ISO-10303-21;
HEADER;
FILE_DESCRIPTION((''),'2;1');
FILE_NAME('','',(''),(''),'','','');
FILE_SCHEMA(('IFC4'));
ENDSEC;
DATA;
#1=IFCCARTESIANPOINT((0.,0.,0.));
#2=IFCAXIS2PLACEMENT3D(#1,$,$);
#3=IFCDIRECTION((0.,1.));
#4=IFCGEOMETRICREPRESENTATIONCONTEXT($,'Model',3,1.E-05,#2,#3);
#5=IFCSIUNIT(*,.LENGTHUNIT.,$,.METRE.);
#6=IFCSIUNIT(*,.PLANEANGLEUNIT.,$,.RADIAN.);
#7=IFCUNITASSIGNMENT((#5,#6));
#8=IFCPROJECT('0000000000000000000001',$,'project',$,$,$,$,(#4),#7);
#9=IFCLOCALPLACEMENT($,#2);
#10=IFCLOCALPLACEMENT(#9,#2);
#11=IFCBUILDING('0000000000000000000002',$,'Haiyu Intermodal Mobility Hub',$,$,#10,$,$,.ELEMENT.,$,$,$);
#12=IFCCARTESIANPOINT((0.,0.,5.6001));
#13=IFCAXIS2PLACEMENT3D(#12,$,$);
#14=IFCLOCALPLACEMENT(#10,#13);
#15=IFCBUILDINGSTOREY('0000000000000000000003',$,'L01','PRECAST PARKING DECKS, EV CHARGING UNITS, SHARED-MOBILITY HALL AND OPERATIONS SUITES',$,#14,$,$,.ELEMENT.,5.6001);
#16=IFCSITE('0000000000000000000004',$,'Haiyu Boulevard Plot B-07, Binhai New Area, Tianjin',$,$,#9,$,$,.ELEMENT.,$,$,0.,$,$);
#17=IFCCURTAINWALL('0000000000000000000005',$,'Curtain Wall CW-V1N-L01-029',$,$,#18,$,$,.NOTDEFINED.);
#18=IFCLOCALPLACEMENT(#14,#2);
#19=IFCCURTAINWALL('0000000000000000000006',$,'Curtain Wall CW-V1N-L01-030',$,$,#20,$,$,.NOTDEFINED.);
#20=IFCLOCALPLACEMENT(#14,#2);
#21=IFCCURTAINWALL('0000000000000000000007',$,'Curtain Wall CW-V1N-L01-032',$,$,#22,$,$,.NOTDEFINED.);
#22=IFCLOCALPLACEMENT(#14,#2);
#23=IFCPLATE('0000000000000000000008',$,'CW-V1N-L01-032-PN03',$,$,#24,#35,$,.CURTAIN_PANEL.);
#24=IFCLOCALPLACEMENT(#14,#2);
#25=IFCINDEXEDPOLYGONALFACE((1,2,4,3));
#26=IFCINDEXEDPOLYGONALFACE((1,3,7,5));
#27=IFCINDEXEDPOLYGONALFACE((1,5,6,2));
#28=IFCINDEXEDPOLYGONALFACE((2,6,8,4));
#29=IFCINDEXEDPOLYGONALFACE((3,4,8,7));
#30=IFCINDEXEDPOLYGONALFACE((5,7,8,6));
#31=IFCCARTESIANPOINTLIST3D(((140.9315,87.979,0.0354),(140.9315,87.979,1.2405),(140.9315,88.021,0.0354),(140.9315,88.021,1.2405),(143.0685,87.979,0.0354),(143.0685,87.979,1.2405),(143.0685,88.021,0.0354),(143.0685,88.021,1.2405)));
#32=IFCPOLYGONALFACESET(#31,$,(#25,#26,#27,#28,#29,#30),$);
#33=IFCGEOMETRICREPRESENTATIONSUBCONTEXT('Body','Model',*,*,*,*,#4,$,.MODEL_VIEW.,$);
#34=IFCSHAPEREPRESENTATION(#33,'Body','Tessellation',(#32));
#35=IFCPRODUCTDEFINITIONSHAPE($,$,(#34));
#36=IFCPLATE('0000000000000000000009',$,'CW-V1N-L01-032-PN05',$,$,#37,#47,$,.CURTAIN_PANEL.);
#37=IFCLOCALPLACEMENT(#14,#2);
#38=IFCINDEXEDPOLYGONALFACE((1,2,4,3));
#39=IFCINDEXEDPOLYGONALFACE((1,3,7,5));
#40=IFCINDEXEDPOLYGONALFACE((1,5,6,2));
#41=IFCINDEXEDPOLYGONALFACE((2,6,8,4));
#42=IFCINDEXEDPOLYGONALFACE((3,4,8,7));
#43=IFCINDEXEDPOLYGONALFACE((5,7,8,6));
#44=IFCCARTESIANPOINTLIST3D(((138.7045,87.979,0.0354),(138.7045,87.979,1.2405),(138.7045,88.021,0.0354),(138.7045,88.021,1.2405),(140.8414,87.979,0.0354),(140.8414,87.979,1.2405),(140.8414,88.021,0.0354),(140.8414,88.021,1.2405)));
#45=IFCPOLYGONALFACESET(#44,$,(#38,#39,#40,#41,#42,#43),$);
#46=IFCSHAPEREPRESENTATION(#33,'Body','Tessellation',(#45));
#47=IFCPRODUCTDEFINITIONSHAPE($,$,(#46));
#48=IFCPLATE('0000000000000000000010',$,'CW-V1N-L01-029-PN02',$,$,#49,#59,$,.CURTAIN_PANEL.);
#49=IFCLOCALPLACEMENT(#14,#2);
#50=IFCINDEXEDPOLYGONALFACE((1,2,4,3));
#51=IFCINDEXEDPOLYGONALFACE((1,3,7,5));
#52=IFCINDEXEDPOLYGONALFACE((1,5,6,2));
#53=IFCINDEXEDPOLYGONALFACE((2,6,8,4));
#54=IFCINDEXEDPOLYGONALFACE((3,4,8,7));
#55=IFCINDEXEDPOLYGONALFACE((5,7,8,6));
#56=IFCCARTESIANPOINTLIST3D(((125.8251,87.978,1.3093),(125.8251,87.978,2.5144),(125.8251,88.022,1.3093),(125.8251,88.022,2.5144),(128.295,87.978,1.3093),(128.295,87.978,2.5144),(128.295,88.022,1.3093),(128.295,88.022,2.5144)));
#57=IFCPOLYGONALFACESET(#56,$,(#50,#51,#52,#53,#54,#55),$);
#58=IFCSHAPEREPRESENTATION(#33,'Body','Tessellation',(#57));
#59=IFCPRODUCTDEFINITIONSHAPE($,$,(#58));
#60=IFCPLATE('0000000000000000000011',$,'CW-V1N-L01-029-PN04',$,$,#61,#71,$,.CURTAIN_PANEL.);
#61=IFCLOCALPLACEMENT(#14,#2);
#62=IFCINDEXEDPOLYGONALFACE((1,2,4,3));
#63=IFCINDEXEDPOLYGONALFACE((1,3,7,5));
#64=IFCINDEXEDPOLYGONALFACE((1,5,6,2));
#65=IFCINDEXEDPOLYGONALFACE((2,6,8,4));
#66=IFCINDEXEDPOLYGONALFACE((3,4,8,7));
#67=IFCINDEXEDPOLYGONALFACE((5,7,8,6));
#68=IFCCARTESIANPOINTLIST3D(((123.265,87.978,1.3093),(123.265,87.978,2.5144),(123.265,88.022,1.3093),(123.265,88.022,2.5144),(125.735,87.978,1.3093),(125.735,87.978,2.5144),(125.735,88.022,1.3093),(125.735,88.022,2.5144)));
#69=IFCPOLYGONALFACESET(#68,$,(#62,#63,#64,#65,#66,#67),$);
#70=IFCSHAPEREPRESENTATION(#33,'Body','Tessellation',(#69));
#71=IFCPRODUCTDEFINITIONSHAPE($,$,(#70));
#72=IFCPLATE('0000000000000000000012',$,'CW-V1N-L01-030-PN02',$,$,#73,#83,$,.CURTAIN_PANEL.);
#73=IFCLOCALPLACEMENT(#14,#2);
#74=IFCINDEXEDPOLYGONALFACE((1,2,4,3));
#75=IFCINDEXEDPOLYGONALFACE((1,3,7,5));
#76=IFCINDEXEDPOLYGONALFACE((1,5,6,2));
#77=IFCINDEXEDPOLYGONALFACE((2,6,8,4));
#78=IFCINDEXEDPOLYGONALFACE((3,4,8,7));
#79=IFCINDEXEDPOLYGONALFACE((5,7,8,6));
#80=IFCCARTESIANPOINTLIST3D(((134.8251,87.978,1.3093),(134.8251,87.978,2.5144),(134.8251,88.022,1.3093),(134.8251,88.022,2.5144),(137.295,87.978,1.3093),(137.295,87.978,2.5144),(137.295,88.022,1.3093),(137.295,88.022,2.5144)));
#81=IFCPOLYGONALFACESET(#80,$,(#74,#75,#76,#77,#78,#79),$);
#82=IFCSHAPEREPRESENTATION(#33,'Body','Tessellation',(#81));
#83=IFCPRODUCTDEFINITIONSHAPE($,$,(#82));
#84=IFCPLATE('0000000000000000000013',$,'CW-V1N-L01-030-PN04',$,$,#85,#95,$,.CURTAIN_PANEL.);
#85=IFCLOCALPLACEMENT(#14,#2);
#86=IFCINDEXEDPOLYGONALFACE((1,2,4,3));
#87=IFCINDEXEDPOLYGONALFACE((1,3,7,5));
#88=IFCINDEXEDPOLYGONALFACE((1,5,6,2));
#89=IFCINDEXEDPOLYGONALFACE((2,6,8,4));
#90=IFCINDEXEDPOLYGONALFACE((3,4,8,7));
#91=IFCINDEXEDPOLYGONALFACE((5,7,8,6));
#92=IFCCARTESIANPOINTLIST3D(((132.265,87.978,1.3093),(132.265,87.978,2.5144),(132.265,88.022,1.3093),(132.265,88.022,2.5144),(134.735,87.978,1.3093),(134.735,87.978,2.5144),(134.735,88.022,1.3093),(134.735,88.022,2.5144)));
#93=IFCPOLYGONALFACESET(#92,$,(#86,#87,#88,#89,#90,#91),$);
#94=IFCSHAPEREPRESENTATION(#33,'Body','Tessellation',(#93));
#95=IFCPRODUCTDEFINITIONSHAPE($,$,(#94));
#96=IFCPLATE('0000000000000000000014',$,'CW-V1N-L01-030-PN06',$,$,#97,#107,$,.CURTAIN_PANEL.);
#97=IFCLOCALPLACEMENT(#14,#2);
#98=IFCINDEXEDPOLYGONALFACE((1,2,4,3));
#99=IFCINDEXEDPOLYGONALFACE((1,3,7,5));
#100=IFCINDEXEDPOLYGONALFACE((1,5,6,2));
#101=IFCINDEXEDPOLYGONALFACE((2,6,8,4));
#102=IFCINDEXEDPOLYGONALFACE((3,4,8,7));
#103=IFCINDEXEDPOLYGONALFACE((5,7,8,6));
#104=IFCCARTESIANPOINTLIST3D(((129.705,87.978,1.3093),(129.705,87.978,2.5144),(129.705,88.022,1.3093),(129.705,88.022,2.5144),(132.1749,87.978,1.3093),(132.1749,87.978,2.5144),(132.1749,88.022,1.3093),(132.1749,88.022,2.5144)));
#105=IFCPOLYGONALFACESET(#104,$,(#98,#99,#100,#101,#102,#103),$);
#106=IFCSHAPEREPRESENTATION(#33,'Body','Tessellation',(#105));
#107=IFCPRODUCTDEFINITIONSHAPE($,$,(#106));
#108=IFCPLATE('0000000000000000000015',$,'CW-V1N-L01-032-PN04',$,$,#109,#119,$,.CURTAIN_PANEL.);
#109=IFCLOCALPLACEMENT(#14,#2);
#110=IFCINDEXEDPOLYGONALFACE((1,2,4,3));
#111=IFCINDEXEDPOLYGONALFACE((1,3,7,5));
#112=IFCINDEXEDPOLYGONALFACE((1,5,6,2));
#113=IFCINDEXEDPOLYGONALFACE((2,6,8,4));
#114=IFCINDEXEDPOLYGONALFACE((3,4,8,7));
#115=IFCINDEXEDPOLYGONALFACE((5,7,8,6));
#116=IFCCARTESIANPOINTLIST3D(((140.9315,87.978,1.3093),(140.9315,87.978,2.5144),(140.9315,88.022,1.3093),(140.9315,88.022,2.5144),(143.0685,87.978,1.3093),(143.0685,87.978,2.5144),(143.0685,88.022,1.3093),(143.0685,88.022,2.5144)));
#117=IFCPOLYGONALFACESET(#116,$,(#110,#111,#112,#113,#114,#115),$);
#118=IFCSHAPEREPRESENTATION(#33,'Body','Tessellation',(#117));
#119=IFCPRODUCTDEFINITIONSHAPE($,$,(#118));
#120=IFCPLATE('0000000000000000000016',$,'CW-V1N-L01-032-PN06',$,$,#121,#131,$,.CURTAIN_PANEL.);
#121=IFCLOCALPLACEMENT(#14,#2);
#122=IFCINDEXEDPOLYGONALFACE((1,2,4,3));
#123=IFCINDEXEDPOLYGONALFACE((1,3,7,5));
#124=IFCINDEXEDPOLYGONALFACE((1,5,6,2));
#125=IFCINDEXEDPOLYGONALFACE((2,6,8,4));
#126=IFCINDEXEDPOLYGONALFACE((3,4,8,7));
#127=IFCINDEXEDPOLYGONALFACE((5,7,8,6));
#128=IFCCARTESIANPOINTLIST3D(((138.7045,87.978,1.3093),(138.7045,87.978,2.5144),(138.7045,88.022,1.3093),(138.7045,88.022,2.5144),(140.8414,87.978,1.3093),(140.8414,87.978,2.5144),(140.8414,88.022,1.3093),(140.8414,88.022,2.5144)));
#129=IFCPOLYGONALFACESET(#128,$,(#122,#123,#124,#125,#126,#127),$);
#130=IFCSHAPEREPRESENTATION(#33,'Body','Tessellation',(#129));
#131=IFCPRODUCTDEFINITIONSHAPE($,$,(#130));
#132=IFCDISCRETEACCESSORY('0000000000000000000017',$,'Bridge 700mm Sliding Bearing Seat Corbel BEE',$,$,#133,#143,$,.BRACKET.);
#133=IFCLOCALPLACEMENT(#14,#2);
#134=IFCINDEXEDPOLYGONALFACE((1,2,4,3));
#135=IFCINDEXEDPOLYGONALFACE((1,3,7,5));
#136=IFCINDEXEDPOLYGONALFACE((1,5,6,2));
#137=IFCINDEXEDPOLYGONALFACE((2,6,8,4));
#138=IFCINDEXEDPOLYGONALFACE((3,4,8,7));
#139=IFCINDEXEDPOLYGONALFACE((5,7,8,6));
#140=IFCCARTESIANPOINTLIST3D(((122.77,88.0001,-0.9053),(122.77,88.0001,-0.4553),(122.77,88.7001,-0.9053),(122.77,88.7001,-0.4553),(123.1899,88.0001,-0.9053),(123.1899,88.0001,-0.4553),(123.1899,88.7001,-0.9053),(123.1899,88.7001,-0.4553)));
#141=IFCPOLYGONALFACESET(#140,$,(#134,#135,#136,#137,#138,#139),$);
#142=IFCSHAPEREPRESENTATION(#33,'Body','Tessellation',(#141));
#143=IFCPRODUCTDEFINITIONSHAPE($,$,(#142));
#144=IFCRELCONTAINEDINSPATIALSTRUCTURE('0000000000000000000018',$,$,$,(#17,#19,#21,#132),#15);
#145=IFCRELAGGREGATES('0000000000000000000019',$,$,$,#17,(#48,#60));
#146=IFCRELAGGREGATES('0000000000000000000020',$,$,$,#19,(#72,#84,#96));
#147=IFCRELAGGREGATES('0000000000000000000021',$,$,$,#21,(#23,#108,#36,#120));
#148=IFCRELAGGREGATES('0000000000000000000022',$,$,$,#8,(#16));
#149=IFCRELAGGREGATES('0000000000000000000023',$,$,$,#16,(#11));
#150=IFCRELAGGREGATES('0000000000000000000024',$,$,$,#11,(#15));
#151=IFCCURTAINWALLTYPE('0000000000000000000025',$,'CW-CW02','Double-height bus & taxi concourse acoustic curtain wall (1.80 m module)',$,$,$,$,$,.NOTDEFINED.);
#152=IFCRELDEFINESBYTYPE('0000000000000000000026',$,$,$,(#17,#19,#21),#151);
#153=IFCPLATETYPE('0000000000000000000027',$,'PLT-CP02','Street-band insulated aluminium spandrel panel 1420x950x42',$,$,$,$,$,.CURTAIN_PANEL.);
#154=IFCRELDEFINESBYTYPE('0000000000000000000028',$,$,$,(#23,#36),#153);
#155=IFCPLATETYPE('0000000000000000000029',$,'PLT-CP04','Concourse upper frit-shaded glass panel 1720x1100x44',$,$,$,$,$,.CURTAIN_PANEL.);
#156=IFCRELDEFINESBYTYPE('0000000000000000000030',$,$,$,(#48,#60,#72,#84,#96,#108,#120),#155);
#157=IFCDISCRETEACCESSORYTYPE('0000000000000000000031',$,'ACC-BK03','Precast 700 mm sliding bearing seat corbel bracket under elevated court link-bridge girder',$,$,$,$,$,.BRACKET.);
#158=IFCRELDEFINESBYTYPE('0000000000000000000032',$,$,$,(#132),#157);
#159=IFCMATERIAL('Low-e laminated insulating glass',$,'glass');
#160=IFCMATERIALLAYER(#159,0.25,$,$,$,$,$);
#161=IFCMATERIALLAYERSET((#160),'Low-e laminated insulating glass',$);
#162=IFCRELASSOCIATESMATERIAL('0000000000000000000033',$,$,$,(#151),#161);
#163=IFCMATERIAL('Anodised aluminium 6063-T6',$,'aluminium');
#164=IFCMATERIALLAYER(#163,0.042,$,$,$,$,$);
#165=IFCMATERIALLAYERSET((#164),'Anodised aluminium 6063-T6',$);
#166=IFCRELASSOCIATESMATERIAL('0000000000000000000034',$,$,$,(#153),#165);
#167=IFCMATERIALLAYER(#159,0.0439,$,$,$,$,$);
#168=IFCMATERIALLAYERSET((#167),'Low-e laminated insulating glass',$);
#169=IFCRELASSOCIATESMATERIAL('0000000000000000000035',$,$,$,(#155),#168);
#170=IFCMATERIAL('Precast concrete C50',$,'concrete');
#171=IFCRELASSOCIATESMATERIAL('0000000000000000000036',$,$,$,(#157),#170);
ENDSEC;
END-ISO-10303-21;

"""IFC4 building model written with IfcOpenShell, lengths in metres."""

from ifc_helpers import new_model, si_unit, direction, frame, origin, origin_2d, place, context, subcontext, project, spatial, rectangle, extrude, material, layer, layer_set, type_object, element, aggregate, save


model = new_model("IFC4")

# Units and contexts
model_context = context("Model", 3, precision=1e-05, world=origin(), true_north=direction((0.0, 1.0)))
body_context = subcontext(model_context, "Body", "Model", "MODEL_VIEW")
ifc_project = project(units=[si_unit("LENGTHUNIT", "METRE"), si_unit("PLANEANGLEUNIT", "RADIAN")], contexts=[model_context])

# Site, building, storey
site_placement = place(None, origin())
site = spatial("IfcSite", under=ifc_project, at=site_placement, Name="Haiyu Boulevard Plot B-07, Binhai New Area, Tianjin", CompositionType="ELEMENT", RefElevation=0.0)
building_placement = place(site_placement, origin())
building = spatial("IfcBuilding", under=site, at=building_placement, Name="Haiyu Intermodal Mobility Hub", CompositionType="ELEMENT")
storey_placement = place(building_placement, frame((0.0, 0.0, 5.6001)))
storey = spatial("IfcBuildingStorey", under=building, at=storey_placement, Name="L01", Description="PRECAST PARKING DECKS, EV CHARGING UNITS, SHARED-MOBILITY HALL AND OPERATIONS SUITES", CompositionType="ELEMENT", Elevation=5.6001)

# Curtain walls
ifc_material_1 = material(Name="Low-e laminated insulating glass", Category="glass")
ifc_layer_1 = layer(ifc_material_1, 0.25)
ifc_layer_set_1 = layer_set([ifc_layer_1], Name="Low-e laminated insulating glass")
curtain_wall_type = type_object("IfcCurtainWallType", Name="CW-CW02", Description="Double-height bus & taxi concourse acoustic curtain wall (1.80 m module)", PredefinedType="NOTDEFINED", material=ifc_layer_set_1)
curtain_wall_1_placement = place(storey_placement, origin())
curtain_wall_1 = element("IfcCurtainWall", 1, at=curtain_wall_1_placement, inside=storey, type_object=curtain_wall_type, Name="Curtain Wall CW-V1N-L01-029", PredefinedType="NOTDEFINED")
ifc_material_2 = material(Name="Anodised aluminium 6063-T6", Category="aluminium")
curtain_wall_2_placement = place(storey_placement, origin())
curtain_wall_2 = element("IfcCurtainWall", 2, at=curtain_wall_2_placement, inside=storey, type_object=curtain_wall_type, Name="Curtain Wall CW-V1N-L01-030", PredefinedType="NOTDEFINED")
curtain_wall_3_placement = place(storey_placement, origin())
curtain_wall_3 = element("IfcCurtainWall", 3, at=curtain_wall_3_placement, inside=storey, type_object=curtain_wall_type, Name="Curtain Wall CW-V1N-L01-032", PredefinedType="NOTDEFINED")

# Plates
ifc_layer_2 = layer(ifc_material_2, 0.042)
ifc_layer_set_2 = layer_set([ifc_layer_2], Name="Anodised aluminium 6063-T6")
plate_type_1 = type_object("IfcPlateType", Name="PLT-CP02", Description="Street-band insulated aluminium spandrel panel 1420x950x42", PredefinedType="CURTAIN_PANEL", material=ifc_layer_set_2)
plate_1_placement = place(storey_placement, frame((142.0, 88.0, 0.0354), z_axis=(0.0, 0.0, 1.0), x_axis=(-1.0, 0.0, 0.0)))
plate_1 = element("IfcPlate", 4, at=plate_1_placement, type_object=plate_type_1, Name="CW-V1N-L01-032-PN03", PredefinedType="CURTAIN_PANEL", context=body_context, shape_type="SweptSolid", body=[
    extrude(rectangle(XDim=2.137, YDim=0.042, at=origin_2d()), origin(), (0.0, 0.0, 1.0), 1.2051),
])
plate_2_placement = place(storey_placement, frame((139.7729, 88.0, 0.0354), z_axis=(0.0, 0.0, 1.0), x_axis=(-1.0, 0.0, 0.0)))
plate_2 = element("IfcPlate", 5, at=plate_2_placement, type_object=plate_type_1, Name="CW-V1N-L01-032-PN05", PredefinedType="CURTAIN_PANEL", context=body_context, shape_type="SweptSolid", body=[
    extrude(rectangle(XDim=2.137, YDim=0.042, at=origin_2d()), origin(), (0.0, 0.0, 1.0), 1.2051),
])
ifc_layer_3 = layer(ifc_material_1, 0.0439)
ifc_layer_set_3 = layer_set([ifc_layer_3], Name="Low-e laminated insulating glass")
plate_type_2 = type_object("IfcPlateType", Name="PLT-CP04", Description="Concourse upper frit-shaded glass panel 1720x1100x44", PredefinedType="CURTAIN_PANEL", material=ifc_layer_set_3)
plate_3_placement = place(storey_placement, frame((127.0601, 88.0, 1.3093), z_axis=(0.0, 0.0, 1.0), x_axis=(-1.0, 0.0, 0.0)))
plate_3 = element("IfcPlate", 6, at=plate_3_placement, type_object=plate_type_2, Name="CW-V1N-L01-029-PN02", PredefinedType="CURTAIN_PANEL", context=body_context, shape_type="SweptSolid", body=[
    extrude(rectangle(XDim=2.47, YDim=0.0439, at=origin_2d()), origin(), (0.0, 0.0, 1.0), 1.2051),
])
plate_4_placement = place(storey_placement, frame((124.5, 88.0, 1.3093), z_axis=(0.0, 0.0, 1.0), x_axis=(-1.0, 0.0, 0.0)))
plate_4 = element("IfcPlate", 7, at=plate_4_placement, type_object=plate_type_2, Name="CW-V1N-L01-029-PN04", PredefinedType="CURTAIN_PANEL", context=body_context, shape_type="SweptSolid", body=[
    extrude(rectangle(XDim=2.47, YDim=0.0439, at=origin_2d()), origin(), (0.0, 0.0, 1.0), 1.2051),
])
aggregate(curtain_wall_1, [plate_3, plate_4])
plate_5_placement = place(storey_placement, frame((136.0601, 88.0, 1.3093), z_axis=(0.0, 0.0, 1.0), x_axis=(-1.0, 0.0, 0.0)))
plate_5 = element("IfcPlate", 8, at=plate_5_placement, type_object=plate_type_2, Name="CW-V1N-L01-030-PN02", PredefinedType="CURTAIN_PANEL", context=body_context, shape_type="SweptSolid", body=[
    extrude(rectangle(XDim=2.47, YDim=0.0439, at=origin_2d()), origin(), (0.0, 0.0, 1.0), 1.2051),
])
plate_6_placement = place(storey_placement, frame((133.5, 88.0, 1.3093), z_axis=(0.0, 0.0, 1.0), x_axis=(-1.0, 0.0, 0.0)))
plate_6 = element("IfcPlate", 9, at=plate_6_placement, type_object=plate_type_2, Name="CW-V1N-L01-030-PN04", PredefinedType="CURTAIN_PANEL", context=body_context, shape_type="SweptSolid", body=[
    extrude(rectangle(XDim=2.47, YDim=0.0439, at=origin_2d()), origin(), (0.0, 0.0, 1.0), 1.2051),
])
plate_7_placement = place(storey_placement, frame((130.9399, 88.0, 1.3093), z_axis=(0.0, 0.0, 1.0), x_axis=(-1.0, 0.0, 0.0)))
plate_7 = element("IfcPlate", 10, at=plate_7_placement, type_object=plate_type_2, Name="CW-V1N-L01-030-PN06", PredefinedType="CURTAIN_PANEL", context=body_context, shape_type="SweptSolid", body=[
    extrude(rectangle(XDim=2.47, YDim=0.0439, at=origin_2d()), origin(), (0.0, 0.0, 1.0), 1.2051),
])
aggregate(curtain_wall_2, [plate_5, plate_6, plate_7])
plate_8_placement = place(storey_placement, frame((142.0, 88.0, 1.3093), z_axis=(0.0, 0.0, 1.0), x_axis=(-1.0, 0.0, 0.0)))
plate_8 = element("IfcPlate", 11, at=plate_8_placement, type_object=plate_type_2, Name="CW-V1N-L01-032-PN04", PredefinedType="CURTAIN_PANEL", context=body_context, shape_type="SweptSolid", body=[
    extrude(rectangle(XDim=2.137, YDim=0.0439, at=origin_2d()), origin(), (0.0, 0.0, 1.0), 1.2051),
])
plate_9_placement = place(storey_placement, frame((139.7729, 88.0, 1.3093), z_axis=(0.0, 0.0, 1.0), x_axis=(-1.0, 0.0, 0.0)))
plate_9 = element("IfcPlate", 12, at=plate_9_placement, type_object=plate_type_2, Name="CW-V1N-L01-032-PN06", PredefinedType="CURTAIN_PANEL", context=body_context, shape_type="SweptSolid", body=[
    extrude(rectangle(XDim=2.137, YDim=0.0439, at=origin_2d()), origin(), (0.0, 0.0, 1.0), 1.2051),
])
aggregate(curtain_wall_3, [plate_1, plate_8, plate_2, plate_9])

# Discrete accessory
ifc_material_3 = material(Name="Precast concrete C50", Category="concrete")
discrete_accessory_type = type_object("IfcDiscreteAccessoryType", Name="ACC-BK03", Description="Precast 700 mm sliding bearing seat corbel bracket under elevated court link-bridge girder", PredefinedType="BRACKET", material=ifc_material_3)
discrete_accessory_placement = place(storey_placement, frame((122.98, 88.3501, -0.9053), z_axis=(0.0, 0.0, 1.0), x_axis=(0.0, 1.0, 0.0)))
element("IfcDiscreteAccessory", 13, at=discrete_accessory_placement, inside=storey, type_object=discrete_accessory_type, Name="Bridge 700mm Sliding Bearing Seat Corbel BEE", PredefinedType="BRACKET", context=body_context, shape_type="SweptSolid", body=[
    extrude(rectangle(XDim=0.7, YDim=0.4199, at=origin_2d()), origin(), (0.0, 0.0, 1.0), 0.45),
])

save(model, "model.ifc")
